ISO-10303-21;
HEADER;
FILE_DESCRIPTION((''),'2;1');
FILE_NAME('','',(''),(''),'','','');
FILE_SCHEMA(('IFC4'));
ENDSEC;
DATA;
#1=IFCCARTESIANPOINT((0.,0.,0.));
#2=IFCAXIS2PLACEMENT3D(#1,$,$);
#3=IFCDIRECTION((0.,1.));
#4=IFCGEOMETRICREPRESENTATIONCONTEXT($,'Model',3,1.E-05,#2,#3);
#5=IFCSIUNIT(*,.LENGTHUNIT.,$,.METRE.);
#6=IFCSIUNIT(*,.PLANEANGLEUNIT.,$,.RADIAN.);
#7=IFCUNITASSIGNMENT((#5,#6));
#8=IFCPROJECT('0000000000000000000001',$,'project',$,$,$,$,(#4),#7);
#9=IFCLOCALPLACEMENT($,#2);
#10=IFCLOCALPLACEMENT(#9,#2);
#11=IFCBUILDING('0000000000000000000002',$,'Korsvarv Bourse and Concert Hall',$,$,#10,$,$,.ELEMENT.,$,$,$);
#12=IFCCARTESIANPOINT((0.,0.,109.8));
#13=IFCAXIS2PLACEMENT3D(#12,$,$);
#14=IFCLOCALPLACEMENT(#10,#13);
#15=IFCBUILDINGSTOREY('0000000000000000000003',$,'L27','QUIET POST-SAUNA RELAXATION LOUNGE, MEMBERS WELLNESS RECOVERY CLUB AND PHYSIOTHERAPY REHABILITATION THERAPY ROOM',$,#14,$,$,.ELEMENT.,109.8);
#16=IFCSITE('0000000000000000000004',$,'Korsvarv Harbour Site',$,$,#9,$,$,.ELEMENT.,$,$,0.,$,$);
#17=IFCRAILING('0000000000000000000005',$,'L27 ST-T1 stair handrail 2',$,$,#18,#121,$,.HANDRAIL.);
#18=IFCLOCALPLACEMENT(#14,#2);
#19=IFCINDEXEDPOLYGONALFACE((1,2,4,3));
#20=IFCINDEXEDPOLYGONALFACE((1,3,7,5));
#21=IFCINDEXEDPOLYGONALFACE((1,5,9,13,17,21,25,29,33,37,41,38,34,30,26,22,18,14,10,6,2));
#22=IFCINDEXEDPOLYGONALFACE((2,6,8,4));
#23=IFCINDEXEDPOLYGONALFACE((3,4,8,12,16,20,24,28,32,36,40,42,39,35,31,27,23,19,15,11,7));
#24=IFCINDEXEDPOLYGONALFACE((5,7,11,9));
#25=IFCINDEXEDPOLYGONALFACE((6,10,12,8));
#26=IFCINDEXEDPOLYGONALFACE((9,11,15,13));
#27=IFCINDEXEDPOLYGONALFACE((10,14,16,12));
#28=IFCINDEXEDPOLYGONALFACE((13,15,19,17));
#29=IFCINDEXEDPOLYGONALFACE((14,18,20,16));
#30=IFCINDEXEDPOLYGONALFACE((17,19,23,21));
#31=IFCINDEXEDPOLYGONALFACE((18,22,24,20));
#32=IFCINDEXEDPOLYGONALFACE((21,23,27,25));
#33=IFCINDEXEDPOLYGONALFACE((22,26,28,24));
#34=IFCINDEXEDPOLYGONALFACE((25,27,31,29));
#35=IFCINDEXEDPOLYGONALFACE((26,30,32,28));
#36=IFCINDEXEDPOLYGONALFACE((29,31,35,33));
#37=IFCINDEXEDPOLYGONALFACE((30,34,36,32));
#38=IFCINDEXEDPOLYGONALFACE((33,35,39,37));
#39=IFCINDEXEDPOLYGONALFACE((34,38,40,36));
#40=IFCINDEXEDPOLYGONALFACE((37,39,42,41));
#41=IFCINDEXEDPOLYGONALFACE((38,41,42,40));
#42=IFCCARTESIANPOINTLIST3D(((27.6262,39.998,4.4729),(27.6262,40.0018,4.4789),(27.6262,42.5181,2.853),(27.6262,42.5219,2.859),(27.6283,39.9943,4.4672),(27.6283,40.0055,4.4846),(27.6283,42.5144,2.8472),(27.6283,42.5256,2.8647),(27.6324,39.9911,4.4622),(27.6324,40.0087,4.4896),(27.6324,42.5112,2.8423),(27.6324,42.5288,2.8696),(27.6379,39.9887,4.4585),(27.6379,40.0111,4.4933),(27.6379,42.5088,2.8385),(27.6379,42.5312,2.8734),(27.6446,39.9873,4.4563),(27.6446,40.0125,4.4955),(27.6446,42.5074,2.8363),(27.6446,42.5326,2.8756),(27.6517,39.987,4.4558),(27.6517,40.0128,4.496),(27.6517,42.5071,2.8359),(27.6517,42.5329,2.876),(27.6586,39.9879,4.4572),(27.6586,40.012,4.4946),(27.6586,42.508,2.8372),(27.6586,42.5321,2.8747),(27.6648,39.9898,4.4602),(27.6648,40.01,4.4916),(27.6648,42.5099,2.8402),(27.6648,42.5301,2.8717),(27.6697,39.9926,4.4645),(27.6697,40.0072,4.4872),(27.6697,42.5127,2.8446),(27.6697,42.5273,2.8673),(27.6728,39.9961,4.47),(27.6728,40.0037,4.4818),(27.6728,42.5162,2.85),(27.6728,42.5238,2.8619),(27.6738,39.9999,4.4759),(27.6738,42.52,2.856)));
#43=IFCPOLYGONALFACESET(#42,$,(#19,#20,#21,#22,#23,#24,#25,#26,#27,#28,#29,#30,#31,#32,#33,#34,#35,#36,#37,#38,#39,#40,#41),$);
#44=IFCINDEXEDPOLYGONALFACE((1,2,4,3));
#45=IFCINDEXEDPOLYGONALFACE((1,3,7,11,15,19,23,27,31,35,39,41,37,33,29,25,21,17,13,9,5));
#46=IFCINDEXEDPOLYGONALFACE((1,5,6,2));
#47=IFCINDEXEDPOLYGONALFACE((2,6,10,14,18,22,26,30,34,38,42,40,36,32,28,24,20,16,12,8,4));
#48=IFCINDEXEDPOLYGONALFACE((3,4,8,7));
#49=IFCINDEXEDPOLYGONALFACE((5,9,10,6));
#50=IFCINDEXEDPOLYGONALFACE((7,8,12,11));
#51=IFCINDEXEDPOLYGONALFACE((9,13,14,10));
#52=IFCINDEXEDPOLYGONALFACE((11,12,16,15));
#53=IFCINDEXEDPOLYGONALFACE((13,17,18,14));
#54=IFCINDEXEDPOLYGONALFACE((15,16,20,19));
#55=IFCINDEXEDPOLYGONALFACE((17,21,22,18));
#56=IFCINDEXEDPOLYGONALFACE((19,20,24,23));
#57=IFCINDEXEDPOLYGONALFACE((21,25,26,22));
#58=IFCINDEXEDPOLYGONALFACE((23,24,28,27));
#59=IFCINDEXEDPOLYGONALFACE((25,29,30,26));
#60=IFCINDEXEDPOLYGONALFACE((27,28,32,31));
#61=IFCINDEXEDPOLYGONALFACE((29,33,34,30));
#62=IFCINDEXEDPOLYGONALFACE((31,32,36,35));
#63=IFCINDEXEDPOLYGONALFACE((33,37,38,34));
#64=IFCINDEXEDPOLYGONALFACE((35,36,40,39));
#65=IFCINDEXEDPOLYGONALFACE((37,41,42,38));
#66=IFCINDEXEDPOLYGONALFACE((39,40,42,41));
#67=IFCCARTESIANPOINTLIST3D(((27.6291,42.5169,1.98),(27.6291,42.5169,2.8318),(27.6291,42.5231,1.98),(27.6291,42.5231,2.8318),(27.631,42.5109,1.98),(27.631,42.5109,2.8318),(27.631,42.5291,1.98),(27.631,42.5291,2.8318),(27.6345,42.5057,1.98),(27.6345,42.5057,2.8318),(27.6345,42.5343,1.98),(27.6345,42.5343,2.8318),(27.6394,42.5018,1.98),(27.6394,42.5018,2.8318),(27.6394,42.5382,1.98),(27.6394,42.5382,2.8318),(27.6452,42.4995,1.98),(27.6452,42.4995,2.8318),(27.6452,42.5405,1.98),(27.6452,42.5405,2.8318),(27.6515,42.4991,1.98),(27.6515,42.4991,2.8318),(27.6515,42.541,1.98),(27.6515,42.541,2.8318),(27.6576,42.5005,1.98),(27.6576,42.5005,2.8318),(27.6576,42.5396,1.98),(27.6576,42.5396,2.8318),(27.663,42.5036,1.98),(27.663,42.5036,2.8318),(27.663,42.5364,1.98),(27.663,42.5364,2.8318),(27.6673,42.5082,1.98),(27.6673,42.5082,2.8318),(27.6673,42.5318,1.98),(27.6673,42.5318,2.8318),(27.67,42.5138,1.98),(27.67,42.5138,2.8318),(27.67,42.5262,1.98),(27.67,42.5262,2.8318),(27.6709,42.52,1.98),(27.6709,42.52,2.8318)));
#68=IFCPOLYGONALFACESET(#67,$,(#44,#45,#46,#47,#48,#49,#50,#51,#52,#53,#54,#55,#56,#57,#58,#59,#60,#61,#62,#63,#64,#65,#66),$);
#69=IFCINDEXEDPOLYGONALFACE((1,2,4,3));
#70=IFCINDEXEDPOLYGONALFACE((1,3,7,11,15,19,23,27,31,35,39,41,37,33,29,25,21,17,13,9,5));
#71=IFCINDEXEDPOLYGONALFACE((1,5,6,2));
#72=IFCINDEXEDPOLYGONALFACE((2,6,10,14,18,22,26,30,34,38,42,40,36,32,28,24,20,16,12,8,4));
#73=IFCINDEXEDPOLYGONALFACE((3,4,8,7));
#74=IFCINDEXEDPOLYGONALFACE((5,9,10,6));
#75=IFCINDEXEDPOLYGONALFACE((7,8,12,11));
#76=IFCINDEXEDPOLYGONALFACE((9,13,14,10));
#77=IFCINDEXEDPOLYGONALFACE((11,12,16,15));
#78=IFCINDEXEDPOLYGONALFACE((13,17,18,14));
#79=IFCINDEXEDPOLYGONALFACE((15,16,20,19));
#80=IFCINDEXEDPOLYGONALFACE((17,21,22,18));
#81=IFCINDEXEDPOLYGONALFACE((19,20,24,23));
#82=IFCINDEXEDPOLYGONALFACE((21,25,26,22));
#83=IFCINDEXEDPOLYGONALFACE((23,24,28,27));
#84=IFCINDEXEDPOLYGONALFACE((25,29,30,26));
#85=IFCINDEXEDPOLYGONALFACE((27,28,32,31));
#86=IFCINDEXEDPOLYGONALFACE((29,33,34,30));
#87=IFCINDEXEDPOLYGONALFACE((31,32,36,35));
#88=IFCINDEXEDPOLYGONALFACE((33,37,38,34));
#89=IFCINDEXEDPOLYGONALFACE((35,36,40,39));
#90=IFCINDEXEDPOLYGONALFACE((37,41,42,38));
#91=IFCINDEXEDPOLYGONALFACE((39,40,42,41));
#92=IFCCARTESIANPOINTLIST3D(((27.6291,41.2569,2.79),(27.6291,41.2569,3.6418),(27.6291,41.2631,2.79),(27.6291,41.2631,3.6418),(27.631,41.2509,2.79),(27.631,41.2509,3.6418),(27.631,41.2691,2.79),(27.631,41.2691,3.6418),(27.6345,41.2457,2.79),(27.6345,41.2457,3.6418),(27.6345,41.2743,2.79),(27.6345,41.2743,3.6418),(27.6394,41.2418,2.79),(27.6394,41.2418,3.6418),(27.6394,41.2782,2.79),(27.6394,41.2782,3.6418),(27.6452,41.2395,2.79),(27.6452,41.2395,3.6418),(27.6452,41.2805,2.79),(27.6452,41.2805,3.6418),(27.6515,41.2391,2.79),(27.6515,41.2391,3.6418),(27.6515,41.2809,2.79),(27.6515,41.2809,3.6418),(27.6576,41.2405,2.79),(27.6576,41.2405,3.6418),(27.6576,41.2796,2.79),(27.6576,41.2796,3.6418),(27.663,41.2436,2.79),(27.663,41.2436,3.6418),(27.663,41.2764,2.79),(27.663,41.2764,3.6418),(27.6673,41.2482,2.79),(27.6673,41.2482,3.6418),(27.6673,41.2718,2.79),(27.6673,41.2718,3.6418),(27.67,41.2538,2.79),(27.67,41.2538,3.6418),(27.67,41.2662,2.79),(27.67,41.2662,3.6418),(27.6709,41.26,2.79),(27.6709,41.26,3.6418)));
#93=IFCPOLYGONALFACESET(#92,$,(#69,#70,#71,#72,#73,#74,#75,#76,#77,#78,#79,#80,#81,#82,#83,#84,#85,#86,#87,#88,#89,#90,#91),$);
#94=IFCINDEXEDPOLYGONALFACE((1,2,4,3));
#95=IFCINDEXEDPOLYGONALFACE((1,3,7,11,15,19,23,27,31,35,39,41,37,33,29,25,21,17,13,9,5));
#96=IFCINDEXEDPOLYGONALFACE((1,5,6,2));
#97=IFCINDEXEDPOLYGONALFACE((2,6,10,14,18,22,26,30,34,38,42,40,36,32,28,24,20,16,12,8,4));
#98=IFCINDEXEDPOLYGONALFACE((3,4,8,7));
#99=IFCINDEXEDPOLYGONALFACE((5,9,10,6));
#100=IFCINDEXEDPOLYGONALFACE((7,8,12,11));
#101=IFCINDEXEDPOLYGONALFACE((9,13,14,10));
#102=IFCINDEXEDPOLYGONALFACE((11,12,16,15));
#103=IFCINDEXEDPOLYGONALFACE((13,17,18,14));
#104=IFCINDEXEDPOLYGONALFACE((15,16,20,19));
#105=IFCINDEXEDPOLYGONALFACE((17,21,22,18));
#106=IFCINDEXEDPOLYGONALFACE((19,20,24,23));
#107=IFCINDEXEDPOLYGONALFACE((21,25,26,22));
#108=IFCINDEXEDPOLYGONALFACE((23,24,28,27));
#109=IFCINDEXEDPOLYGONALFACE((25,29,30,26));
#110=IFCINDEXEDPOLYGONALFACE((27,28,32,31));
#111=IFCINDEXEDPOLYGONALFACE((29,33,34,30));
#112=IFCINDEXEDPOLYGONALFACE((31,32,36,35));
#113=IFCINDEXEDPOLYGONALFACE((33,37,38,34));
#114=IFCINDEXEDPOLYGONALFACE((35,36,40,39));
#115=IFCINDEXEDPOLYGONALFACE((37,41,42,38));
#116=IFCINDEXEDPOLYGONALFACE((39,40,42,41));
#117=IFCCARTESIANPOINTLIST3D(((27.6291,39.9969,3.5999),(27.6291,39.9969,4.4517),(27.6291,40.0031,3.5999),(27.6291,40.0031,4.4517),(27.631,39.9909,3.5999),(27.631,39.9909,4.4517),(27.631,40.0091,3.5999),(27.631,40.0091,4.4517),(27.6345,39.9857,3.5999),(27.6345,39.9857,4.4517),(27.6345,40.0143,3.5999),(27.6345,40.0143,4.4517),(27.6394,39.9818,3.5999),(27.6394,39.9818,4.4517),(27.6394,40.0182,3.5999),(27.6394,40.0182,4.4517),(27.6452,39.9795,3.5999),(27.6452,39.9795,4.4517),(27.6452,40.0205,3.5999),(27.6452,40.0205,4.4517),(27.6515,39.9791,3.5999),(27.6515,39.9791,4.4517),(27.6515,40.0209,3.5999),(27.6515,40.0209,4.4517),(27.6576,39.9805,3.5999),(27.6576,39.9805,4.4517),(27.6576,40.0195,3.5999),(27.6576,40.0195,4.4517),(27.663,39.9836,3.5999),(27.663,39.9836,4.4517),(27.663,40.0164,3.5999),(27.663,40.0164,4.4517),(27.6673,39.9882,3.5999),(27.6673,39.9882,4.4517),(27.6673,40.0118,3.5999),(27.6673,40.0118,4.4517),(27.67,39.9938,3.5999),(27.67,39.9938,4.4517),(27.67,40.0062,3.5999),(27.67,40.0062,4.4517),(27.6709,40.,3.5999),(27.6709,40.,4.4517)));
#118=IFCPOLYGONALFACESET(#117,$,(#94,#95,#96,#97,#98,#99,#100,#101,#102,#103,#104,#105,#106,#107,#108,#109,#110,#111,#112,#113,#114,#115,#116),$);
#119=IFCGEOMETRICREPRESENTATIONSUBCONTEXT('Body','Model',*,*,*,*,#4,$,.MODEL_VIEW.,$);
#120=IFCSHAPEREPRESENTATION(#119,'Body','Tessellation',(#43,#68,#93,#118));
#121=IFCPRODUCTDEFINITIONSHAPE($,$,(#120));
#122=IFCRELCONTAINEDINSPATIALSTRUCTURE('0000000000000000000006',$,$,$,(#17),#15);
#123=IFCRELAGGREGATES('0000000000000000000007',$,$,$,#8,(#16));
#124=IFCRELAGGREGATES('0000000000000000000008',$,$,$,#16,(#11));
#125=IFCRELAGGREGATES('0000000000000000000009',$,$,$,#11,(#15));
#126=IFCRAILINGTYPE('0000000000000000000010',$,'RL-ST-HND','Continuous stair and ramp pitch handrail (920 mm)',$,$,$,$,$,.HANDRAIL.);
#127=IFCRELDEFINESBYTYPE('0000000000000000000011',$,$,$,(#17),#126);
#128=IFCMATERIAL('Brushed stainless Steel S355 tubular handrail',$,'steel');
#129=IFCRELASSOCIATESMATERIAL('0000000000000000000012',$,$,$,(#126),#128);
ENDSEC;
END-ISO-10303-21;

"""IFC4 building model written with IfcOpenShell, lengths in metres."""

from ifc_helpers import new_model, si_unit, direction, frame, origin, origin_2d, place, context, subcontext, project, spatial, circle, extrude, material, type_object, element, save


model = new_model("IFC4")

# Units and contexts
model_context = context("Model", 3, precision=1e-05, world=origin(), true_north=direction((0.0, 1.0)))
body_context = subcontext(model_context, "Body", "Model", "MODEL_VIEW")
ifc_project = project(units=[si_unit("LENGTHUNIT", "METRE"), si_unit("PLANEANGLEUNIT", "RADIAN")], contexts=[model_context])

# Site, building, storey
site_placement = place(None, origin())
site = spatial("IfcSite", under=ifc_project, at=site_placement, Name="Korsvarv Harbour Site", CompositionType="ELEMENT", RefElevation=0.0)
building_placement = place(site_placement, origin())
building = spatial("IfcBuilding", under=site, at=building_placement, Name="Korsvarv Bourse and Concert Hall", CompositionType="ELEMENT")
storey_placement = place(building_placement, frame((0.0, 0.0, 109.8)))
storey = spatial("IfcBuildingStorey", under=building, at=storey_placement, Name="L27", Description="QUIET POST-SAUNA RELAXATION LOUNGE, MEMBERS WELLNESS RECOVERY CLUB AND PHYSIOTHERAPY REHABILITATION THERAPY ROOM", CompositionType="ELEMENT", Elevation=109.8)

# Railing
ifc_material_1 = material(Name="Brushed stainless Steel S355 tubular handrail", Category="steel")
railing_type = type_object("IfcRailingType", Name="RL-ST-HND", Description="Continuous stair and ramp pitch handrail (920 mm)", PredefinedType="HANDRAIL", material=ifc_material_1)
railing_placement = place(storey_placement, frame((27.6499, 42.52, 1.98)))
element("IfcRailing", 1, at=railing_placement, inside=storey, type_object=railing_type, Name="L27 ST-T1 stair handrail 2", PredefinedType="HANDRAIL", context=body_context, shape_type="SweptSolid", body=[
    extrude(circle(Radius=0.0239, at=origin_2d()), frame((0.0, 0.0, 0.876), z_axis=(0.0, -0.8412, 0.540725), x_axis=(1.0, 0.0, 0.0)), (0.0, 0.0, 1.0), 2.9958),
    extrude(circle(Radius=0.021, at=origin_2d()), origin(), (0.0, 0.0, 1.0), 0.8518),
    extrude(circle(Radius=0.021, at=origin_2d()), frame((0.0, -1.26, 0.8101)), (0.0, 0.0, 1.0), 0.8518),
    extrude(circle(Radius=0.021, at=origin_2d()), frame((0.0, -2.52, 1.6199)), (0.0, 0.0, 1.0), 0.8518),
])

save(model, "model.ifc")
